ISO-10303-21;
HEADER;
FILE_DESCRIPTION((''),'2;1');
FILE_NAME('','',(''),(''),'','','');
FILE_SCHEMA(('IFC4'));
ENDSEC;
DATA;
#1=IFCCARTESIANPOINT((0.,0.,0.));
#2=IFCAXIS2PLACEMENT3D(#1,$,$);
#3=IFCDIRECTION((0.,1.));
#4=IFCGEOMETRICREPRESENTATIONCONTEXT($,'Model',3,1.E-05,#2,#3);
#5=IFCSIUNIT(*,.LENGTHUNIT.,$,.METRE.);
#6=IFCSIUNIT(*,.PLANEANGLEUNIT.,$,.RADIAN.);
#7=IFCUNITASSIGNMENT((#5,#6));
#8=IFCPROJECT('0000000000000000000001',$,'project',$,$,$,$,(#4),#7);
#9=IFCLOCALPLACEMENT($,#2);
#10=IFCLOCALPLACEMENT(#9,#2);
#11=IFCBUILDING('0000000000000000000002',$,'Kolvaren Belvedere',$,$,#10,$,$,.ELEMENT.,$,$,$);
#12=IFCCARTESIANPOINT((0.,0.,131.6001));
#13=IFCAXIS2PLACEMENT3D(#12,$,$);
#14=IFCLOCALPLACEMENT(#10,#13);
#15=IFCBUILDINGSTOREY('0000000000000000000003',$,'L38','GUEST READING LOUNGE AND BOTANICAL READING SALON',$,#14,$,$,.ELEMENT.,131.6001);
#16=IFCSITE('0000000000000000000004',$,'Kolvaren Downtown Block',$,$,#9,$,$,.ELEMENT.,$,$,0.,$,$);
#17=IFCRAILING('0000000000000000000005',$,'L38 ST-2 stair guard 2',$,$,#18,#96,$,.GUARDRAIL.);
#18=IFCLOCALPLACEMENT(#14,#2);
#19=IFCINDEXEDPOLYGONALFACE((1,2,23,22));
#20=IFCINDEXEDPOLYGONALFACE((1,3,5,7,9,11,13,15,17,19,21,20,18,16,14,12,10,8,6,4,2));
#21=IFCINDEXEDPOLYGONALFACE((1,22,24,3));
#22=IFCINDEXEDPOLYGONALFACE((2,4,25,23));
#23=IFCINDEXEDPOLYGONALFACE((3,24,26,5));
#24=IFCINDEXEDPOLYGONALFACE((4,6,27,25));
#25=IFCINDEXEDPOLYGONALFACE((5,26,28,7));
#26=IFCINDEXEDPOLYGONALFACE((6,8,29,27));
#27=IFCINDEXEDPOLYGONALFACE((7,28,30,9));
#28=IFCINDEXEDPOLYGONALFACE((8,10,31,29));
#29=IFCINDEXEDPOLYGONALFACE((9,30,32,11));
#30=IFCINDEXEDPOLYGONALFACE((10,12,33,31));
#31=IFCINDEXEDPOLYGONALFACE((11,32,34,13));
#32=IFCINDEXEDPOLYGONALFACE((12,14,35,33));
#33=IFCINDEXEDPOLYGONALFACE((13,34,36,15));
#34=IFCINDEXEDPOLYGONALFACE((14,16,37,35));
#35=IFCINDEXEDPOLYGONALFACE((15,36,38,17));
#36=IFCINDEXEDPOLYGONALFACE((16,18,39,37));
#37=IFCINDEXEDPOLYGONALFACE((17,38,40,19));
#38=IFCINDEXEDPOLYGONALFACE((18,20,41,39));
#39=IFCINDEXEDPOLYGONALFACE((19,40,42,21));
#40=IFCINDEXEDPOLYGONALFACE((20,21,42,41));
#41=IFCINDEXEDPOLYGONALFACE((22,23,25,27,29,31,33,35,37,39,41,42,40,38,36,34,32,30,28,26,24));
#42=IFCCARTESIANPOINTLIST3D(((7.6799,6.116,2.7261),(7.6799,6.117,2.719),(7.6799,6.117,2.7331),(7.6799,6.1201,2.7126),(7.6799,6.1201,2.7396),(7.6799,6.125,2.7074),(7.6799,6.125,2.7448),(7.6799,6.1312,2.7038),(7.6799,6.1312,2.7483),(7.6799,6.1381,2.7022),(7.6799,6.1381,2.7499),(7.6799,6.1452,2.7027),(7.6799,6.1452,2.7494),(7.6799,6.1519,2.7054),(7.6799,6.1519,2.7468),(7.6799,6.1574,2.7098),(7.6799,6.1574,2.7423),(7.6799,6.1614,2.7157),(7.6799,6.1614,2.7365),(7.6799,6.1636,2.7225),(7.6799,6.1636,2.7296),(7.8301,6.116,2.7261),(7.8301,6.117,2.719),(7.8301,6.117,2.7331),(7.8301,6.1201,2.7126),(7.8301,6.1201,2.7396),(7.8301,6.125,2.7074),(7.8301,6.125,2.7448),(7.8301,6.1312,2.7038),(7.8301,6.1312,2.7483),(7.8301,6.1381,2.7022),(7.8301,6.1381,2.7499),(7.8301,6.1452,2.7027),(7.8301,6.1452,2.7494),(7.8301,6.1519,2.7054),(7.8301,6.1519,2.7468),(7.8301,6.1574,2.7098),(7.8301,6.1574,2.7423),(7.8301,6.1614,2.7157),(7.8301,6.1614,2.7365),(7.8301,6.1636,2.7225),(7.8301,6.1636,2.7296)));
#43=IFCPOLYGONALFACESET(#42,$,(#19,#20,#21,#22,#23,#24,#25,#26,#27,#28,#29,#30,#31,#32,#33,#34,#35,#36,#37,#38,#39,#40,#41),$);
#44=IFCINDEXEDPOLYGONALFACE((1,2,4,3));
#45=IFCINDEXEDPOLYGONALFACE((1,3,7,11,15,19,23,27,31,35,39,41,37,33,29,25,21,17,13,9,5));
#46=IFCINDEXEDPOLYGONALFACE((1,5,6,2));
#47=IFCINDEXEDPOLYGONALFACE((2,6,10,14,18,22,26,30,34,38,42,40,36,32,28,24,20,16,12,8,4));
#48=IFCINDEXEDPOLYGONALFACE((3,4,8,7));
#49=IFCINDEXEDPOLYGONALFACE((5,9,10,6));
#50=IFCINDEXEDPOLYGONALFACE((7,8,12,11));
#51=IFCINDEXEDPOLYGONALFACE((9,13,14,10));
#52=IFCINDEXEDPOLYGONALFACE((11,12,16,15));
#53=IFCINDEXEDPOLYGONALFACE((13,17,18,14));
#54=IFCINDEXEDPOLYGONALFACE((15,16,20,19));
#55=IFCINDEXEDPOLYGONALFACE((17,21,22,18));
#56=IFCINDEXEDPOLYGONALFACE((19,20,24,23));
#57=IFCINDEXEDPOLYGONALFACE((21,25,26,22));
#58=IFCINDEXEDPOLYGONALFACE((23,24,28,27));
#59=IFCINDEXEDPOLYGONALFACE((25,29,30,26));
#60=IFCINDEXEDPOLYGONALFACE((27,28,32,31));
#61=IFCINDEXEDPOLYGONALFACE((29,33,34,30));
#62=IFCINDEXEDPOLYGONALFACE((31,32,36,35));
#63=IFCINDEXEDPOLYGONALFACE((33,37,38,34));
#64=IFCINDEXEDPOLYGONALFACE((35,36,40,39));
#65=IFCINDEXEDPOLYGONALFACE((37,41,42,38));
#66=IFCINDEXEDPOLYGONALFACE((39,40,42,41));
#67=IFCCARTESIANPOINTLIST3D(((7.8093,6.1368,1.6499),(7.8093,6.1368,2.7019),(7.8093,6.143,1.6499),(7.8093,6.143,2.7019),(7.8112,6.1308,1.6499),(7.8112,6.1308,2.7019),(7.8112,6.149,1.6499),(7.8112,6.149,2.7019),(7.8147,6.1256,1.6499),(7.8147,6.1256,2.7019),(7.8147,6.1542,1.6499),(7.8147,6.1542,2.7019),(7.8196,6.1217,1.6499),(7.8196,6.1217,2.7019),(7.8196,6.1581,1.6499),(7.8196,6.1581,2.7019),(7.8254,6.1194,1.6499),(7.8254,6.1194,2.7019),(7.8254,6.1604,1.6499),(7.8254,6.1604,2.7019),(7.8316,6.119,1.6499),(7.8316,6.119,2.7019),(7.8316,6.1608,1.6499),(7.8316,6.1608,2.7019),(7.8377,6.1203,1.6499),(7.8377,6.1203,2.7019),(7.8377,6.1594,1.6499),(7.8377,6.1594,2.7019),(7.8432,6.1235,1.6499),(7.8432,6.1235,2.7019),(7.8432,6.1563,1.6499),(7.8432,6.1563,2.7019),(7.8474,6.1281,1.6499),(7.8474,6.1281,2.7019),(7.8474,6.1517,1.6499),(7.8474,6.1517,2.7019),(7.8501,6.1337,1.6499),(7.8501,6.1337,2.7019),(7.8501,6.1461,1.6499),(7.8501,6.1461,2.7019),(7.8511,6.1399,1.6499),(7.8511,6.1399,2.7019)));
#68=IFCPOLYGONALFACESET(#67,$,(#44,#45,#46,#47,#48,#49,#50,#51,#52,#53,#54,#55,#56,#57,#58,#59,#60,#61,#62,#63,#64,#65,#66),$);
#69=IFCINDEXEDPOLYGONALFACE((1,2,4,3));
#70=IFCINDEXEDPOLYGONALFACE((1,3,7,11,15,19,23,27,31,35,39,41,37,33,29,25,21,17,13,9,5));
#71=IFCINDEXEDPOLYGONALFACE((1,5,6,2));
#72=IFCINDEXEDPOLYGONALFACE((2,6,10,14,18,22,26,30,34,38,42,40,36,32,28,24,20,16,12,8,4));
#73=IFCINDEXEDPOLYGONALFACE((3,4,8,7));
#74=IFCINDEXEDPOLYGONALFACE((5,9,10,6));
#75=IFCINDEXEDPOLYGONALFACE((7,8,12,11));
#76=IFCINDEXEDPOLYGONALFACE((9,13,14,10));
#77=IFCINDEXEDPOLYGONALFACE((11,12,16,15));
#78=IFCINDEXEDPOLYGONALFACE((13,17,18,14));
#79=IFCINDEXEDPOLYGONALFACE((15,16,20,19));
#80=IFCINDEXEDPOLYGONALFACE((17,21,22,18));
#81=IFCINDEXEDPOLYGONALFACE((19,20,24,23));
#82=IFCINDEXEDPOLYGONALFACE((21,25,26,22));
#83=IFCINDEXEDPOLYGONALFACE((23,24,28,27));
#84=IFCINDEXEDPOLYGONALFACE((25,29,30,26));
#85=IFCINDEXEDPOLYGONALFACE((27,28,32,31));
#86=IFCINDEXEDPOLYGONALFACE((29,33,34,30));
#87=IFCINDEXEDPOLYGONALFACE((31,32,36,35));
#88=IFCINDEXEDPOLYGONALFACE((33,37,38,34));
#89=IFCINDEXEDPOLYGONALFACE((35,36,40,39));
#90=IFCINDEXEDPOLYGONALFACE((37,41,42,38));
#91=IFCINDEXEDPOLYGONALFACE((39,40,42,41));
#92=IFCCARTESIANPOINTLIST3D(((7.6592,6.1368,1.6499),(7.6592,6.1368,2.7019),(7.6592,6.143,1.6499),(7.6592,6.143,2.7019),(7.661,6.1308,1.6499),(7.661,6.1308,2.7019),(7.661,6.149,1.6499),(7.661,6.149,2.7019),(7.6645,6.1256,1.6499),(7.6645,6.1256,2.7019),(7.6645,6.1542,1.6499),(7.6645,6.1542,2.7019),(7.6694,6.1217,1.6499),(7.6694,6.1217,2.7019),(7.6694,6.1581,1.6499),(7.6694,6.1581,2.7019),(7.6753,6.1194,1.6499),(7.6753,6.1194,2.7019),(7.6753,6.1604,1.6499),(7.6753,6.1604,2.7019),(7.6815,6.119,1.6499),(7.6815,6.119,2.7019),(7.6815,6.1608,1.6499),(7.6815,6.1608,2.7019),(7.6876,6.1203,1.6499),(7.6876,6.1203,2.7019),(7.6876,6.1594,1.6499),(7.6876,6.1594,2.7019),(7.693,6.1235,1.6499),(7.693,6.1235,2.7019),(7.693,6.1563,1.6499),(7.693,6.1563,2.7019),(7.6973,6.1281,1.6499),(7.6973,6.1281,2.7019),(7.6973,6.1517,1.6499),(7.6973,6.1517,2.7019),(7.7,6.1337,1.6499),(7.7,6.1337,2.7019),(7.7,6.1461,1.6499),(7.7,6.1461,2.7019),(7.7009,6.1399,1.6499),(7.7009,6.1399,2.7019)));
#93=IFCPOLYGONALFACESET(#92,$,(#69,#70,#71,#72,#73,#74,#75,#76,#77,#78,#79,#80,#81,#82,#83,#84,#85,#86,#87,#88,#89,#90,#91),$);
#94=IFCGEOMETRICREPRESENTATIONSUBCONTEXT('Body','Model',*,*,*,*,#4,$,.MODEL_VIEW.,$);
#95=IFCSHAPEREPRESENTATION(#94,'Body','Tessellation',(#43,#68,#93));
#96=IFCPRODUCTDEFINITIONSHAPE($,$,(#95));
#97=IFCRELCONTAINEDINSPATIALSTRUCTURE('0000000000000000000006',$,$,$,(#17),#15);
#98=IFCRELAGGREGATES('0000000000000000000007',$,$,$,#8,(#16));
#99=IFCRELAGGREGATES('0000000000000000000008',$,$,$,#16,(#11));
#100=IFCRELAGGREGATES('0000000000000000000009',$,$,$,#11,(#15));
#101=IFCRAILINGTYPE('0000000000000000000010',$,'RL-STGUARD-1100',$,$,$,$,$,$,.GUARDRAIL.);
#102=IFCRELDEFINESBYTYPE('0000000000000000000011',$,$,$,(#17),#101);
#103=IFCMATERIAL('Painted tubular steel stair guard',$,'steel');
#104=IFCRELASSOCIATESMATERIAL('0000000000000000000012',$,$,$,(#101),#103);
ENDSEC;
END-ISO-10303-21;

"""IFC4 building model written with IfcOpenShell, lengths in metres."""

from ifc_helpers import new_model, si_unit, direction, frame, origin, origin_2d, place, context, subcontext, project, spatial, circle, extrude, material, type_object, element, save


model = new_model("IFC4")

# Units and contexts
model_context = context("Model", 3, precision=1e-05, world=origin(), true_north=direction((0.0, 1.0)))
body_context = subcontext(model_context, "Body", "Model", "MODEL_VIEW")
ifc_project = project(units=[si_unit("LENGTHUNIT", "METRE"), si_unit("PLANEANGLEUNIT", "RADIAN")], contexts=[model_context])

# Site, building, storey
site_placement = place(None, origin())
site = spatial("IfcSite", under=ifc_project, at=site_placement, Name="Kolvaren Downtown Block", CompositionType="ELEMENT", RefElevation=0.0)
building_placement = place(site_placement, origin())
building = spatial("IfcBuilding", under=site, at=building_placement, Name="Kolvaren Belvedere", CompositionType="ELEMENT")
storey_placement = place(building_placement, frame((0.0, 0.0, 131.6001)))
storey = spatial("IfcBuildingStorey", under=building, at=storey_placement, Name="L38", Description="GUEST READING LOUNGE AND BOTANICAL READING SALON", CompositionType="ELEMENT", Elevation=131.6001)

# Railing
ifc_material_1 = material(Name="Painted tubular steel stair guard", Category="steel")
railing_type_1 = type_object("IfcRailingType", Name="RL-STGUARD-1100", PredefinedType="GUARDRAIL", material=ifc_material_1)
railing_1_placement = place(storey_placement, frame((7.8301, 6.1399, 1.6499)))
element("IfcRailing", 1, at=railing_1_placement, inside=storey, type_object=railing_type_1, Name="L38 ST-2 stair guard 2", PredefinedType="GUARDRAIL", context=body_context, shape_type="SweptSolid", body=[
    extrude(circle(Radius=0.0239, at=origin_2d()), frame((0.0, 0.0, 1.0762), z_axis=(-1.0, 0.0, 0.0), x_axis=(0.0, -1.0, 0.0)), (0.0, 0.0, 1.0), 0.1501),
    extrude(circle(Radius=0.021, at=origin_2d()), origin(), (0.0, 0.0, 1.0), 1.052),
    extrude(circle(Radius=0.021, at=origin_2d()), frame((-0.1501, 0.0, 0.0)), (0.0, 0.0, 1.0), 1.052),
])

save(model, "model.ifc")
